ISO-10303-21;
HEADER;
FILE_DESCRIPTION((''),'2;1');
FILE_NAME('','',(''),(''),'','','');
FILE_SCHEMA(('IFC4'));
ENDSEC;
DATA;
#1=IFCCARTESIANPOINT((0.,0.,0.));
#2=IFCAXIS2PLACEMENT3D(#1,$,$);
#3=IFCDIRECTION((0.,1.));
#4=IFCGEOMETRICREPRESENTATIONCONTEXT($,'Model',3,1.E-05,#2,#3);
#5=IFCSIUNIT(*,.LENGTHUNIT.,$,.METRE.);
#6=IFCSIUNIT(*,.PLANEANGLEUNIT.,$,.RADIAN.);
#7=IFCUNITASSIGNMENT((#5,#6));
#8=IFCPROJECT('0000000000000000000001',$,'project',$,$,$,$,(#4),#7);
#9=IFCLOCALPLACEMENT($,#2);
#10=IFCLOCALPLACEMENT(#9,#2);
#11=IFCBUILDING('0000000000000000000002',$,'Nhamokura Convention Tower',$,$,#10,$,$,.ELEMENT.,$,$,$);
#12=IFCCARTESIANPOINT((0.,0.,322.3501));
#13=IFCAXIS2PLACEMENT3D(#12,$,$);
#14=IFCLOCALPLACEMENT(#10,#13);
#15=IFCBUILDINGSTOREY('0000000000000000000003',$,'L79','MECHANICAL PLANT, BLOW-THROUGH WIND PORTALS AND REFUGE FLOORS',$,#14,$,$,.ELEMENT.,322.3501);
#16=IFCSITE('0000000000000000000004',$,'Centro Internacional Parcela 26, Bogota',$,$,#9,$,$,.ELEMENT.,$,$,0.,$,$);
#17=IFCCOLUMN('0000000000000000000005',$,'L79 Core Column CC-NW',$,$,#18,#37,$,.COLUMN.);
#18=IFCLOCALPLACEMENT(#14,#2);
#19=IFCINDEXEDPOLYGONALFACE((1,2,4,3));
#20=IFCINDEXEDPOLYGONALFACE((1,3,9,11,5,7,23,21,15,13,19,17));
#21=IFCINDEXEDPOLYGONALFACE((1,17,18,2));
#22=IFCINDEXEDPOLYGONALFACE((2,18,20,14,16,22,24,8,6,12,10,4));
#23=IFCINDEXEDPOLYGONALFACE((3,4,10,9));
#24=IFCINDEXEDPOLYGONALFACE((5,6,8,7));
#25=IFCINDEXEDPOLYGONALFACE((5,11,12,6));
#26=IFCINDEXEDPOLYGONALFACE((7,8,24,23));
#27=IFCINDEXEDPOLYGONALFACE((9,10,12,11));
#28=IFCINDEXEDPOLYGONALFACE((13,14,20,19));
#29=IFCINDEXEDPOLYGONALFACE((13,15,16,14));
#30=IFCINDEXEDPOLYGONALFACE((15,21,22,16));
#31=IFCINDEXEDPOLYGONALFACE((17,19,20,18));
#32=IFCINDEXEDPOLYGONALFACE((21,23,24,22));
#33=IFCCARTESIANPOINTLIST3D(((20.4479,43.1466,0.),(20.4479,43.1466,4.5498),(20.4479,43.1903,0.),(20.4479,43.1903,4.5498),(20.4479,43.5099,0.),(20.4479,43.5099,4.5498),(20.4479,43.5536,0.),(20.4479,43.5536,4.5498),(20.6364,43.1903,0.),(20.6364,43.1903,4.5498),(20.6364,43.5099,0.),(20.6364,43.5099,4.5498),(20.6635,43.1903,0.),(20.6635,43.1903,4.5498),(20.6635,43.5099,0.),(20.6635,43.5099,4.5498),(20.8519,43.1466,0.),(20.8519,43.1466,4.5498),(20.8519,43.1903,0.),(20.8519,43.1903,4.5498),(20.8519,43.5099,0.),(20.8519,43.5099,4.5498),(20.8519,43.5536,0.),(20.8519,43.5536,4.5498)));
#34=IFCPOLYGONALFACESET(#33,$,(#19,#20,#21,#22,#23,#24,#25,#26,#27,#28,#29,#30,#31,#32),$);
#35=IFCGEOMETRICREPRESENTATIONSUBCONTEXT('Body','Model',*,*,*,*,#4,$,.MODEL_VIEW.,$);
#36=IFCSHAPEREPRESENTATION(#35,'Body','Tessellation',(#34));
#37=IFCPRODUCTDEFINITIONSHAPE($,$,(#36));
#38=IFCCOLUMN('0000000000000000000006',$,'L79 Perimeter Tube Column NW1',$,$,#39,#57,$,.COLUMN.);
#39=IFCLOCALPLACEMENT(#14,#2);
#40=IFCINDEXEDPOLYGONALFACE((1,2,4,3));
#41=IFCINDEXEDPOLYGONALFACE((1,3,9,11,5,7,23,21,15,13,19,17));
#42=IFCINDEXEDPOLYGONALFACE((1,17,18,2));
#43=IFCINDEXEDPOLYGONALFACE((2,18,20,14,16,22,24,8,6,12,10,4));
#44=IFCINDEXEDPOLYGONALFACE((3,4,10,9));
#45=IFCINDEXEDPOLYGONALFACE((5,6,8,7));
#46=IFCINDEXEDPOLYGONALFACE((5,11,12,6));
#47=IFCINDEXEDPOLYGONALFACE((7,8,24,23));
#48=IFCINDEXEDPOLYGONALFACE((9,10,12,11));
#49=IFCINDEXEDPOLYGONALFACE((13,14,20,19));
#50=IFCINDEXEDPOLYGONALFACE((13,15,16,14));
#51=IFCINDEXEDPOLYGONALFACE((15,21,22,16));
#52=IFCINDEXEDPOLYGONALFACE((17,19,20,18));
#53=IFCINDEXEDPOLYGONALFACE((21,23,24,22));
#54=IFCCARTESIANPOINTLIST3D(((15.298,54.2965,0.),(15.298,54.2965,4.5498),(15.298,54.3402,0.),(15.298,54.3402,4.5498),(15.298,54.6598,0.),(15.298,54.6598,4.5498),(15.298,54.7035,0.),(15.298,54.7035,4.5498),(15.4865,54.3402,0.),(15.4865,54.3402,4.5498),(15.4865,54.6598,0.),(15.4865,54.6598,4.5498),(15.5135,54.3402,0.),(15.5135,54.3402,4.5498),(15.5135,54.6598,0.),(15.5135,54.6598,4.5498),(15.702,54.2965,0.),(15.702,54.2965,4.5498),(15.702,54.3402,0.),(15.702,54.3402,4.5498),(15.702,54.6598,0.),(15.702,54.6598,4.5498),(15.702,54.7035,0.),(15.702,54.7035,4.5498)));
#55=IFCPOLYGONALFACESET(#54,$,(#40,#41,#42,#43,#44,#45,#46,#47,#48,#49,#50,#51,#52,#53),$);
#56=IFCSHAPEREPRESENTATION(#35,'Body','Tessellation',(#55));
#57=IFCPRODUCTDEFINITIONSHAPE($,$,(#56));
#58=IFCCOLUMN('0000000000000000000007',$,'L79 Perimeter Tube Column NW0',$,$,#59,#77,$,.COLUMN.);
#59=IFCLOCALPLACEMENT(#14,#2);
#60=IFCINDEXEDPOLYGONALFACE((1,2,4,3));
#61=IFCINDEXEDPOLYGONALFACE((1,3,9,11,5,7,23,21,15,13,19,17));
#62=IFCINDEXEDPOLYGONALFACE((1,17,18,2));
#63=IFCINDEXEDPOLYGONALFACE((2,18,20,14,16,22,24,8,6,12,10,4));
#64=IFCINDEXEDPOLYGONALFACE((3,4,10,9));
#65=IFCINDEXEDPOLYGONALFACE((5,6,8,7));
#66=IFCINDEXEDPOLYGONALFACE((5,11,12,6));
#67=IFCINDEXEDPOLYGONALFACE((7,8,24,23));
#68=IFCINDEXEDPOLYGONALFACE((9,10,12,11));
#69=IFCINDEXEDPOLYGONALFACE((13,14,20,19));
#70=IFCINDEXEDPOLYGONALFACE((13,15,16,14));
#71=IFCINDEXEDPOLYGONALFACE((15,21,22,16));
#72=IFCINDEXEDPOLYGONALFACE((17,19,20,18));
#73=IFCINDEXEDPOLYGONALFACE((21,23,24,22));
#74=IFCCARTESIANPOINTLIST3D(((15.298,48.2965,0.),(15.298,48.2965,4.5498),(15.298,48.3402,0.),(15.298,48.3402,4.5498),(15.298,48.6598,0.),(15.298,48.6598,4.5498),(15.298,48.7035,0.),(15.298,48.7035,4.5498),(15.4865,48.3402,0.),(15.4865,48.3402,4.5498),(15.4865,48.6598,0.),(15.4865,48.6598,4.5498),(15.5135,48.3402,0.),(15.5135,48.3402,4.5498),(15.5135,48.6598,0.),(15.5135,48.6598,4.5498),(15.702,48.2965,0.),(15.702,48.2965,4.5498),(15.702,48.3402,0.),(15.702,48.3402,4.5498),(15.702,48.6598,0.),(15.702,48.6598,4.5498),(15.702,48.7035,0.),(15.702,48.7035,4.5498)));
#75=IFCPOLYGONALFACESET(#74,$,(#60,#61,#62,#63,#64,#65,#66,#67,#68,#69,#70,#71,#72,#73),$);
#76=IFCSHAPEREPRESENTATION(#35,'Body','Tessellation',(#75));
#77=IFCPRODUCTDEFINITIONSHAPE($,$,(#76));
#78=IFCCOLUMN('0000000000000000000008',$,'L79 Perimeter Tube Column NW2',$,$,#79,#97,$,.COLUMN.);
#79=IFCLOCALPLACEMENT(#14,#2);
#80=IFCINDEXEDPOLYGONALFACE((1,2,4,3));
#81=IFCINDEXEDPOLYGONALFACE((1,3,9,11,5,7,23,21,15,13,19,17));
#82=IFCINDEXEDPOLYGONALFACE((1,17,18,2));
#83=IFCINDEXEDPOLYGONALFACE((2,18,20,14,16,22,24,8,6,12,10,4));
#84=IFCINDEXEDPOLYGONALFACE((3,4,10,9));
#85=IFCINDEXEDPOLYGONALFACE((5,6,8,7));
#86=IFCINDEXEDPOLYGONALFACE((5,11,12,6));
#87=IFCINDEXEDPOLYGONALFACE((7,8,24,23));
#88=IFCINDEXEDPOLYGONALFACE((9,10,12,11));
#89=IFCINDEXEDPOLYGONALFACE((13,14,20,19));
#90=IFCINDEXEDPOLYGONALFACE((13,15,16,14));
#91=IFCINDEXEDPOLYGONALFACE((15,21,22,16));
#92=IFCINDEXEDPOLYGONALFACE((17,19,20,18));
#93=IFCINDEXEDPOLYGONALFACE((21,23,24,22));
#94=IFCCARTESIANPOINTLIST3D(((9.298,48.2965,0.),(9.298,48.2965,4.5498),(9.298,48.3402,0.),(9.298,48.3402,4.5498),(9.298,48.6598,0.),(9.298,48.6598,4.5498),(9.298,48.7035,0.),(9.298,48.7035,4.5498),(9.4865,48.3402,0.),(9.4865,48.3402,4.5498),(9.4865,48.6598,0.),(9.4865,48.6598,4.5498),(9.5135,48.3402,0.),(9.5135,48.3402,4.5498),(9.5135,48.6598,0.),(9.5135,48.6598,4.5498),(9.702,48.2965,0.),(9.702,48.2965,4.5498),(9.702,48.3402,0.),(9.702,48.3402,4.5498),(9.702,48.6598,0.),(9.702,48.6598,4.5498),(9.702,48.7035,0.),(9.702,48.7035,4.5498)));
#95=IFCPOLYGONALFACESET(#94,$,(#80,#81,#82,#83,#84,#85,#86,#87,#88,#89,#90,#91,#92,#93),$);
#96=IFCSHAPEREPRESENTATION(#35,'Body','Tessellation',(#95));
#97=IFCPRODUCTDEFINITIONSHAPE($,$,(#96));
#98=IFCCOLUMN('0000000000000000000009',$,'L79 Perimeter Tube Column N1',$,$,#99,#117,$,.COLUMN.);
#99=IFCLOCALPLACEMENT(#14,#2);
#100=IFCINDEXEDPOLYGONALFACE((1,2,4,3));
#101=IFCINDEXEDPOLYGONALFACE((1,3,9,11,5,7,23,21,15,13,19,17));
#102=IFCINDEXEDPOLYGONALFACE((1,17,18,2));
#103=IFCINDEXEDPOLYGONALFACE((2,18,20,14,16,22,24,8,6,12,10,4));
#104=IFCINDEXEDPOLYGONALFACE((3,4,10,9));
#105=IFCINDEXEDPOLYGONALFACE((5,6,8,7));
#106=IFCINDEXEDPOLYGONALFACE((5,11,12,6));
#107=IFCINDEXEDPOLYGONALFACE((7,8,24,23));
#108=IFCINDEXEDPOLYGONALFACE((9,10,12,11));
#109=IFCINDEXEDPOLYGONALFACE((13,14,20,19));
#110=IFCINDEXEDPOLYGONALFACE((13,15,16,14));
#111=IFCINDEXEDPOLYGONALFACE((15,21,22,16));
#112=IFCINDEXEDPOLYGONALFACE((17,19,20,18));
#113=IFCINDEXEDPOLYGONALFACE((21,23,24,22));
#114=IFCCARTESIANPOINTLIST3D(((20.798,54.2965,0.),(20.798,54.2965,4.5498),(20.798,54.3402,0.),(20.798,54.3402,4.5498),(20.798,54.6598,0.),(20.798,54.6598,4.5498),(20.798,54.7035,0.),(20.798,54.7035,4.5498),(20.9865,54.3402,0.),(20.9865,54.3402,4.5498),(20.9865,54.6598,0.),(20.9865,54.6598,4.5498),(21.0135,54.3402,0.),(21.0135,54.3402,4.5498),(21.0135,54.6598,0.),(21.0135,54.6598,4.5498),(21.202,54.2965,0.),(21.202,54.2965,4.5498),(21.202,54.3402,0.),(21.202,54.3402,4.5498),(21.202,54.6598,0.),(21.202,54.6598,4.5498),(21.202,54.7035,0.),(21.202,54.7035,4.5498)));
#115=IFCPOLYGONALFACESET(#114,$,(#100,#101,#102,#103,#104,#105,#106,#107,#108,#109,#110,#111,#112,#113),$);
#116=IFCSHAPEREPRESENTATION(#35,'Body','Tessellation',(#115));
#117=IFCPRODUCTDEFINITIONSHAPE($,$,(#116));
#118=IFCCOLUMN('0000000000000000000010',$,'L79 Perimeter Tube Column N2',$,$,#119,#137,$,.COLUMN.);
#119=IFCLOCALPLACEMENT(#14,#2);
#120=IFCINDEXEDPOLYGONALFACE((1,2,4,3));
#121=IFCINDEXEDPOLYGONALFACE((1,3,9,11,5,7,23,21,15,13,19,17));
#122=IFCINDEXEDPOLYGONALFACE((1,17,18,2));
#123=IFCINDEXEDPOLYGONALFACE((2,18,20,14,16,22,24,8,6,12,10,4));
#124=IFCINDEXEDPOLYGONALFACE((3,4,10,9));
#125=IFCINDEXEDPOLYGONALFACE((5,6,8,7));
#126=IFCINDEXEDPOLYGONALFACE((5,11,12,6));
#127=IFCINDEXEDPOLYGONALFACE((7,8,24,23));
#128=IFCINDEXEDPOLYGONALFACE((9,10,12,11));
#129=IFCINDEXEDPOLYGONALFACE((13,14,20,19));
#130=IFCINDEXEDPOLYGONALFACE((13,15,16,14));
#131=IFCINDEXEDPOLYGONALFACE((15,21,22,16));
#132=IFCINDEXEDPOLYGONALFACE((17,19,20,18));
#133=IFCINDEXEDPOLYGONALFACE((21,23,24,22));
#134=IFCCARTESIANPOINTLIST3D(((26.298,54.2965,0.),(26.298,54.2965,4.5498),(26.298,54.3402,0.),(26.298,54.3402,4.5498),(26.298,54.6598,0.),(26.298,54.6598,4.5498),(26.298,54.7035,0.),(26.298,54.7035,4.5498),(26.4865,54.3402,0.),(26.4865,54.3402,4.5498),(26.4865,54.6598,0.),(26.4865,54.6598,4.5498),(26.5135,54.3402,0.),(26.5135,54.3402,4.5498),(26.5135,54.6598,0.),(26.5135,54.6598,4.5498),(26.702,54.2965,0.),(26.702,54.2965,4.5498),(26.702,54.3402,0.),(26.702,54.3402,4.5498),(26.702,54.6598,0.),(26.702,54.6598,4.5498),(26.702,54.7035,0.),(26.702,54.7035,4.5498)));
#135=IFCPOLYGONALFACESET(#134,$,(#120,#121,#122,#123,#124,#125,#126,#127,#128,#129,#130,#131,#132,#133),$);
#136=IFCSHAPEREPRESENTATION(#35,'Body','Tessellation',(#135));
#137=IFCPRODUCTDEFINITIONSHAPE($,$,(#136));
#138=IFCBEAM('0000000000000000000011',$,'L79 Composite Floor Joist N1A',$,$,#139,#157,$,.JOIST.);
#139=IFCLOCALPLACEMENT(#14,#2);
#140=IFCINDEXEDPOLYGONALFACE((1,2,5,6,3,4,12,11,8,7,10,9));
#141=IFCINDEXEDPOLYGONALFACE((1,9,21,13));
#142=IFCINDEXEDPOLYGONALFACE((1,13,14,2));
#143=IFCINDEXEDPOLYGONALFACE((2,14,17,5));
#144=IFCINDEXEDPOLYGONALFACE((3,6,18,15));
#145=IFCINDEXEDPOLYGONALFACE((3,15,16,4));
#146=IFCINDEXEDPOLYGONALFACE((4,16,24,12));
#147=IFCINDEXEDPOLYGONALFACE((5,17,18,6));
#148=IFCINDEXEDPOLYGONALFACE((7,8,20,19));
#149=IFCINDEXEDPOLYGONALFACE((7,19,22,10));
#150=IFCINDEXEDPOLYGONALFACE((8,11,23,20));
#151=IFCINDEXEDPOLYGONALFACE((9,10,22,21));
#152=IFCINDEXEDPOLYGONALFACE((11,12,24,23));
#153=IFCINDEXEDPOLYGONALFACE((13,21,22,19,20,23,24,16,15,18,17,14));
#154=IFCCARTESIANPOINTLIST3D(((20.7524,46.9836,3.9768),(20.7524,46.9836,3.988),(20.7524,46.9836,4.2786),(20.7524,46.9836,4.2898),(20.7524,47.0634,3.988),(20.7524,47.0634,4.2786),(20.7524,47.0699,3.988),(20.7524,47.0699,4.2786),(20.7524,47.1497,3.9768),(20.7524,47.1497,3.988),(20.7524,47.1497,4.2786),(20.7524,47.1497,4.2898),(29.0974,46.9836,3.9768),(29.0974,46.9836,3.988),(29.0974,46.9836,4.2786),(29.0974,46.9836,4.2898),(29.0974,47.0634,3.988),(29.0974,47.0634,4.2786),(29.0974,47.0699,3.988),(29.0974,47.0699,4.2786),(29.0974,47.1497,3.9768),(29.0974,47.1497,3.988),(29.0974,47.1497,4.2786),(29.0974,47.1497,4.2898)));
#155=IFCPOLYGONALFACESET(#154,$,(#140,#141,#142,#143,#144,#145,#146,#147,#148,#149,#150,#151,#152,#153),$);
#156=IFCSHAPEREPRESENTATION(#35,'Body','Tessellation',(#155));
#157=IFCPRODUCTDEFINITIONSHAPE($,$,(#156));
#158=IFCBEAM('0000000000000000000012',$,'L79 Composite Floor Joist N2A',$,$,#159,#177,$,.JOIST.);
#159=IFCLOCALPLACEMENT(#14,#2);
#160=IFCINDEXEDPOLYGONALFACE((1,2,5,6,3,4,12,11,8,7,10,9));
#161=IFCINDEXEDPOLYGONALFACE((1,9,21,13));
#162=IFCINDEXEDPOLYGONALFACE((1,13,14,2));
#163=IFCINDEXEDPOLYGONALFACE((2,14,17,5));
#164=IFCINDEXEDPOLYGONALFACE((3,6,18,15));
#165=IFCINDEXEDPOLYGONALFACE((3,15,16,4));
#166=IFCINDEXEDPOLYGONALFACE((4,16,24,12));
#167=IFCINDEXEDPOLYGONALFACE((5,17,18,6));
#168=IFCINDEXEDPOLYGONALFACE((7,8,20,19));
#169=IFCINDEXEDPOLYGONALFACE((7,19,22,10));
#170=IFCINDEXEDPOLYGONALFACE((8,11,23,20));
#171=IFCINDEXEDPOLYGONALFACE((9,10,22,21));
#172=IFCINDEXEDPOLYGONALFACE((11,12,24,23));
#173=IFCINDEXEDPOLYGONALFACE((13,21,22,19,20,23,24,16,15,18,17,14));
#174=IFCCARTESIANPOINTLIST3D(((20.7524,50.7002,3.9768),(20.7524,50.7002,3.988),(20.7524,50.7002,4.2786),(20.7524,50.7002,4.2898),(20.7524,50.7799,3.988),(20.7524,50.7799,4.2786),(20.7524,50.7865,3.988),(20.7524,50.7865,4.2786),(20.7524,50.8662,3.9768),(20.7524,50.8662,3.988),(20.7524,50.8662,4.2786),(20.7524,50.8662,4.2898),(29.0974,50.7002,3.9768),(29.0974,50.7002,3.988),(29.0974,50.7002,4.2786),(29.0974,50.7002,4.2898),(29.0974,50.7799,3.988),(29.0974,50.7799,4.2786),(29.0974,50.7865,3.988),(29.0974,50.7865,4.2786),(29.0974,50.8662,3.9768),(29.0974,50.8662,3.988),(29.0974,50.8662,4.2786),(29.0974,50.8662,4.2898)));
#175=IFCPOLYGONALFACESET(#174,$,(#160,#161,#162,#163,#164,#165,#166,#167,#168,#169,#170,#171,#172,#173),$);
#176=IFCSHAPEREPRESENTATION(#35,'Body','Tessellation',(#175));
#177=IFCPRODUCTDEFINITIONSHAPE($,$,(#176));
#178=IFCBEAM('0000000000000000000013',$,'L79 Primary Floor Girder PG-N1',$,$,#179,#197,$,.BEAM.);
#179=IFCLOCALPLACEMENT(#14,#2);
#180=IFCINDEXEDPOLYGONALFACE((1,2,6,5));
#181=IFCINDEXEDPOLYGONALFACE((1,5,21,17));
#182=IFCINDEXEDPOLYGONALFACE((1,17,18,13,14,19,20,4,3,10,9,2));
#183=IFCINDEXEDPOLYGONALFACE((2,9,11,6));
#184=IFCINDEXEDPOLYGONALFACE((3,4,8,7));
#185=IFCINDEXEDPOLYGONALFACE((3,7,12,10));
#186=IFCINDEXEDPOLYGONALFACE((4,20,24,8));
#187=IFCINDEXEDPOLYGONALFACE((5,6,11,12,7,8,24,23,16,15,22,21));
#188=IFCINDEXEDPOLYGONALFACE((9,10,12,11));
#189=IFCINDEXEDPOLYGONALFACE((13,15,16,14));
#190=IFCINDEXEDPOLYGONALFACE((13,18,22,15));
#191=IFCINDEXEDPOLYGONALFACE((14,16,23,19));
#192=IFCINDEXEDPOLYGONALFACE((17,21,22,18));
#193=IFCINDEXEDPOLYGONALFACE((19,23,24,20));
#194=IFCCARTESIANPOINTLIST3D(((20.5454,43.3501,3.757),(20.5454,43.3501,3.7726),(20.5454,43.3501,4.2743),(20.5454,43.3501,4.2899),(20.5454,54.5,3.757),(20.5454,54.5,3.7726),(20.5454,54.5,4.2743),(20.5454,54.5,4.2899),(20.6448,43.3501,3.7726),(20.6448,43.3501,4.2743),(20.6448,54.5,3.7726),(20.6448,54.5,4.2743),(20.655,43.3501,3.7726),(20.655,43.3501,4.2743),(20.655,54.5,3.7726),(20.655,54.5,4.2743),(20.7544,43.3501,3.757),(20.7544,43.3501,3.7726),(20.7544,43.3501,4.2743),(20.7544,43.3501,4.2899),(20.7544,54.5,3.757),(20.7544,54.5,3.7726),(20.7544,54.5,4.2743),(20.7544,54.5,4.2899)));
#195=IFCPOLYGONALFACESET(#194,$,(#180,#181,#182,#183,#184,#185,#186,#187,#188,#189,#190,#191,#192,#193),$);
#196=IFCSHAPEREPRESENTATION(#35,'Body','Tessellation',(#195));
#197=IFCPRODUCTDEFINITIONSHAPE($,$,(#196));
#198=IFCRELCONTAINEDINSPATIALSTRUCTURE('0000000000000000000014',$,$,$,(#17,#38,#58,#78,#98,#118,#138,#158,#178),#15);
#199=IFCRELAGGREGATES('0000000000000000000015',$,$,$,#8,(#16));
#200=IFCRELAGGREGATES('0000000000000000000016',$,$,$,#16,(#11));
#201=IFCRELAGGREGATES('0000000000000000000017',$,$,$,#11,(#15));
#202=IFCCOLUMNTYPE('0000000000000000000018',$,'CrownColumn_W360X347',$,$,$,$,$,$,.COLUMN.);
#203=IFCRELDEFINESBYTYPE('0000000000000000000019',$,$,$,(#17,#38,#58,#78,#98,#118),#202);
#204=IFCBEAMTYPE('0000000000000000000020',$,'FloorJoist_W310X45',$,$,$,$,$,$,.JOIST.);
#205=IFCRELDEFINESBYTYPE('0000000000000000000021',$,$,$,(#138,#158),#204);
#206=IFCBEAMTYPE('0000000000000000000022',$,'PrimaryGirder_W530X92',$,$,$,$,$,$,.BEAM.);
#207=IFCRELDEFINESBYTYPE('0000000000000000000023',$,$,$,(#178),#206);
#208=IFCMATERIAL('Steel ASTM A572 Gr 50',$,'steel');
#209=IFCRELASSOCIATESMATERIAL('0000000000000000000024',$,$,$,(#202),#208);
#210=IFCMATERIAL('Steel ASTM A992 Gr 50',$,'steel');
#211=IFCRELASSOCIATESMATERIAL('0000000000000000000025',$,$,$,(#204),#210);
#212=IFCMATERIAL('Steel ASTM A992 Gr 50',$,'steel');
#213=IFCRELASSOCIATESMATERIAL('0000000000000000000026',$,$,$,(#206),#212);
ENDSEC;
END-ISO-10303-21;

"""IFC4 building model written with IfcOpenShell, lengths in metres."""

from ifc_helpers import new_model, si_unit, direction, frame, origin, origin_2d, place, context, subcontext, project, spatial, i_section, extrude, material, material_profile, profile_set, type_object, element, save


model = new_model("IFC4")

# Units and contexts
model_context = context("Model", 3, precision=1e-05, world=origin(), true_north=direction((0.0, 1.0)))
body_context = subcontext(model_context, "Body", "Model", "MODEL_VIEW")
ifc_project = project(units=[si_unit("LENGTHUNIT", "METRE"), si_unit("PLANEANGLEUNIT", "RADIAN")], contexts=[model_context])

# Site, building, storey
site_placement = place(None, origin())
site = spatial("IfcSite", under=ifc_project, at=site_placement, Name="Centro Internacional Parcela 26, Bogota", CompositionType="ELEMENT", RefElevation=0.0)
building_placement = place(site_placement, origin())
building = spatial("IfcBuilding", under=site, at=building_placement, Name="Nhamokura Convention Tower", CompositionType="ELEMENT")
storey_placement = place(building_placement, frame((0.0, 0.0, 322.3501)))
storey = spatial("IfcBuildingStorey", under=building, at=storey_placement, Name="L79", Description="MECHANICAL PLANT, BLOW-THROUGH WIND PORTALS AND REFUGE FLOORS", CompositionType="ELEMENT", Elevation=322.3501)

# Columns
ifc_material_1 = material(Name="Steel ASTM A572 Gr 50", Category="steel")
ifc_material_profile_1 = material_profile(ifc_material_1, i_section(OverallWidth=0.4041, OverallDepth=0.407, WebThickness=0.0271, FlangeThickness=0.0437, at=origin_2d()))
ifc_profile_set_1 = profile_set([ifc_material_profile_1], Name="Steel ASTM A572 Gr 50")
column_type = type_object("IfcColumnType", Name="CrownColumn_W360X347", PredefinedType="COLUMN", material=ifc_profile_set_1)
for number, where, z_axis, x_axis, name in (
    (1, (20.6499, 43.3501, 0.0), (0.0, 0.0, 1.0), (1.0, 0.0, 0.0), "L79 Core Column CC-NW"),
    (2, (15.5, 54.5, 0.0), (0.0, 0.0, 1.0), (1.0, 0.0, 0.0), "L79 Perimeter Tube Column NW1"),
    (3, (15.5, 48.5, 0.0), (0.0, 0.0, 1.0), (1.0, 0.0, 0.0), "L79 Perimeter Tube Column NW0"),
    (4, (9.5, 48.5, 0.0), (0.0, 0.0, 1.0), (1.0, 0.0, 0.0), "L79 Perimeter Tube Column NW2"),
    (5, (21.0, 54.5, 0.0), (0.0, 0.0, 1.0), (1.0, 0.0, 0.0), "L79 Perimeter Tube Column N1"),
    (6, (26.5, 54.5, 0.0), (0.0, 0.0, 1.0), (1.0, 0.0, 0.0), "L79 Perimeter Tube Column N2"),
):
    element("IfcColumn", number, at=place(storey_placement, frame(where, z_axis=z_axis, x_axis=x_axis)), inside=storey, type_object=column_type, Name=name, PredefinedType="COLUMN", context=body_context, shape_type="SweptSolid", body=[
        extrude(i_section(OverallWidth=0.4041, OverallDepth=0.407, WebThickness=0.0271, FlangeThickness=0.0437, at=origin_2d()), origin(), (0.0, 0.0, 1.0), 4.5498),
    ])

# Beams
ifc_material_2 = material(Name="Steel ASTM A992 Gr 50", Category="steel")
ifc_material_profile_2 = material_profile(ifc_material_2, i_section(OverallWidth=0.166, OverallDepth=0.313, WebThickness=0.0066, FlangeThickness=0.0112, at=origin_2d()))
ifc_profile_set_2 = profile_set([ifc_material_profile_2], Name="Steel ASTM A992 Gr 50")
beam_type_1 = type_object("IfcBeamType", Name="FloorJoist_W310X45", PredefinedType="JOIST", material=ifc_profile_set_2)
for number, where, z_axis, x_axis, name in (
    (7, (20.7524, 47.0667, 4.1333), (1.0, 0.0, 0.0), (0.0, 1.0, 0.0), "L79 Composite Floor Joist N1A"),
    (8, (20.7524, 50.7832, 4.1333), (1.0, 0.0, 0.0), (0.0, 1.0, 0.0), "L79 Composite Floor Joist N2A"),
):
    element("IfcBeam", number, at=place(storey_placement, frame(where, z_axis=z_axis, x_axis=x_axis)), inside=storey, type_object=beam_type_1, Name=name, PredefinedType="JOIST", context=body_context, shape_type="SweptSolid", body=[
        extrude(i_section(OverallWidth=0.166, OverallDepth=0.313, WebThickness=0.0066, FlangeThickness=0.0112, at=origin_2d()), origin(), (0.0, 0.0, 1.0), 8.345),
    ])
ifc_material_3 = material(Name="Steel ASTM A992 Gr 50", Category="steel")
ifc_material_profile_3 = material_profile(ifc_material_3, i_section(OverallWidth=0.209, OverallDepth=0.533, WebThickness=0.0103, FlangeThickness=0.0156, at=origin_2d()))
ifc_profile_set_3 = profile_set([ifc_material_profile_3], Name="Steel ASTM A992 Gr 50")
beam_type_2 = type_object("IfcBeamType", Name="PrimaryGirder_W530X92", PredefinedType="BEAM", material=ifc_profile_set_3)
for number, where, z_axis, x_axis, name in (
    (9, (20.6499, 43.3501, 4.0234), (0.0, 1.0, 0.0), (-1.0, 0.0, 0.0), "L79 Primary Floor Girder PG-N1"),
):
    element("IfcBeam", number, at=place(storey_placement, frame(where, z_axis=z_axis, x_axis=x_axis)), inside=storey, type_object=beam_type_2, Name=name, PredefinedType="BEAM", context=body_context, shape_type="SweptSolid", body=[
        extrude(i_section(OverallWidth=0.209, OverallDepth=0.533, WebThickness=0.0103, FlangeThickness=0.0156, at=origin_2d()), origin(), (0.0, 0.0, 1.0), 11.1499),
    ])

save(model, "model.ifc")
